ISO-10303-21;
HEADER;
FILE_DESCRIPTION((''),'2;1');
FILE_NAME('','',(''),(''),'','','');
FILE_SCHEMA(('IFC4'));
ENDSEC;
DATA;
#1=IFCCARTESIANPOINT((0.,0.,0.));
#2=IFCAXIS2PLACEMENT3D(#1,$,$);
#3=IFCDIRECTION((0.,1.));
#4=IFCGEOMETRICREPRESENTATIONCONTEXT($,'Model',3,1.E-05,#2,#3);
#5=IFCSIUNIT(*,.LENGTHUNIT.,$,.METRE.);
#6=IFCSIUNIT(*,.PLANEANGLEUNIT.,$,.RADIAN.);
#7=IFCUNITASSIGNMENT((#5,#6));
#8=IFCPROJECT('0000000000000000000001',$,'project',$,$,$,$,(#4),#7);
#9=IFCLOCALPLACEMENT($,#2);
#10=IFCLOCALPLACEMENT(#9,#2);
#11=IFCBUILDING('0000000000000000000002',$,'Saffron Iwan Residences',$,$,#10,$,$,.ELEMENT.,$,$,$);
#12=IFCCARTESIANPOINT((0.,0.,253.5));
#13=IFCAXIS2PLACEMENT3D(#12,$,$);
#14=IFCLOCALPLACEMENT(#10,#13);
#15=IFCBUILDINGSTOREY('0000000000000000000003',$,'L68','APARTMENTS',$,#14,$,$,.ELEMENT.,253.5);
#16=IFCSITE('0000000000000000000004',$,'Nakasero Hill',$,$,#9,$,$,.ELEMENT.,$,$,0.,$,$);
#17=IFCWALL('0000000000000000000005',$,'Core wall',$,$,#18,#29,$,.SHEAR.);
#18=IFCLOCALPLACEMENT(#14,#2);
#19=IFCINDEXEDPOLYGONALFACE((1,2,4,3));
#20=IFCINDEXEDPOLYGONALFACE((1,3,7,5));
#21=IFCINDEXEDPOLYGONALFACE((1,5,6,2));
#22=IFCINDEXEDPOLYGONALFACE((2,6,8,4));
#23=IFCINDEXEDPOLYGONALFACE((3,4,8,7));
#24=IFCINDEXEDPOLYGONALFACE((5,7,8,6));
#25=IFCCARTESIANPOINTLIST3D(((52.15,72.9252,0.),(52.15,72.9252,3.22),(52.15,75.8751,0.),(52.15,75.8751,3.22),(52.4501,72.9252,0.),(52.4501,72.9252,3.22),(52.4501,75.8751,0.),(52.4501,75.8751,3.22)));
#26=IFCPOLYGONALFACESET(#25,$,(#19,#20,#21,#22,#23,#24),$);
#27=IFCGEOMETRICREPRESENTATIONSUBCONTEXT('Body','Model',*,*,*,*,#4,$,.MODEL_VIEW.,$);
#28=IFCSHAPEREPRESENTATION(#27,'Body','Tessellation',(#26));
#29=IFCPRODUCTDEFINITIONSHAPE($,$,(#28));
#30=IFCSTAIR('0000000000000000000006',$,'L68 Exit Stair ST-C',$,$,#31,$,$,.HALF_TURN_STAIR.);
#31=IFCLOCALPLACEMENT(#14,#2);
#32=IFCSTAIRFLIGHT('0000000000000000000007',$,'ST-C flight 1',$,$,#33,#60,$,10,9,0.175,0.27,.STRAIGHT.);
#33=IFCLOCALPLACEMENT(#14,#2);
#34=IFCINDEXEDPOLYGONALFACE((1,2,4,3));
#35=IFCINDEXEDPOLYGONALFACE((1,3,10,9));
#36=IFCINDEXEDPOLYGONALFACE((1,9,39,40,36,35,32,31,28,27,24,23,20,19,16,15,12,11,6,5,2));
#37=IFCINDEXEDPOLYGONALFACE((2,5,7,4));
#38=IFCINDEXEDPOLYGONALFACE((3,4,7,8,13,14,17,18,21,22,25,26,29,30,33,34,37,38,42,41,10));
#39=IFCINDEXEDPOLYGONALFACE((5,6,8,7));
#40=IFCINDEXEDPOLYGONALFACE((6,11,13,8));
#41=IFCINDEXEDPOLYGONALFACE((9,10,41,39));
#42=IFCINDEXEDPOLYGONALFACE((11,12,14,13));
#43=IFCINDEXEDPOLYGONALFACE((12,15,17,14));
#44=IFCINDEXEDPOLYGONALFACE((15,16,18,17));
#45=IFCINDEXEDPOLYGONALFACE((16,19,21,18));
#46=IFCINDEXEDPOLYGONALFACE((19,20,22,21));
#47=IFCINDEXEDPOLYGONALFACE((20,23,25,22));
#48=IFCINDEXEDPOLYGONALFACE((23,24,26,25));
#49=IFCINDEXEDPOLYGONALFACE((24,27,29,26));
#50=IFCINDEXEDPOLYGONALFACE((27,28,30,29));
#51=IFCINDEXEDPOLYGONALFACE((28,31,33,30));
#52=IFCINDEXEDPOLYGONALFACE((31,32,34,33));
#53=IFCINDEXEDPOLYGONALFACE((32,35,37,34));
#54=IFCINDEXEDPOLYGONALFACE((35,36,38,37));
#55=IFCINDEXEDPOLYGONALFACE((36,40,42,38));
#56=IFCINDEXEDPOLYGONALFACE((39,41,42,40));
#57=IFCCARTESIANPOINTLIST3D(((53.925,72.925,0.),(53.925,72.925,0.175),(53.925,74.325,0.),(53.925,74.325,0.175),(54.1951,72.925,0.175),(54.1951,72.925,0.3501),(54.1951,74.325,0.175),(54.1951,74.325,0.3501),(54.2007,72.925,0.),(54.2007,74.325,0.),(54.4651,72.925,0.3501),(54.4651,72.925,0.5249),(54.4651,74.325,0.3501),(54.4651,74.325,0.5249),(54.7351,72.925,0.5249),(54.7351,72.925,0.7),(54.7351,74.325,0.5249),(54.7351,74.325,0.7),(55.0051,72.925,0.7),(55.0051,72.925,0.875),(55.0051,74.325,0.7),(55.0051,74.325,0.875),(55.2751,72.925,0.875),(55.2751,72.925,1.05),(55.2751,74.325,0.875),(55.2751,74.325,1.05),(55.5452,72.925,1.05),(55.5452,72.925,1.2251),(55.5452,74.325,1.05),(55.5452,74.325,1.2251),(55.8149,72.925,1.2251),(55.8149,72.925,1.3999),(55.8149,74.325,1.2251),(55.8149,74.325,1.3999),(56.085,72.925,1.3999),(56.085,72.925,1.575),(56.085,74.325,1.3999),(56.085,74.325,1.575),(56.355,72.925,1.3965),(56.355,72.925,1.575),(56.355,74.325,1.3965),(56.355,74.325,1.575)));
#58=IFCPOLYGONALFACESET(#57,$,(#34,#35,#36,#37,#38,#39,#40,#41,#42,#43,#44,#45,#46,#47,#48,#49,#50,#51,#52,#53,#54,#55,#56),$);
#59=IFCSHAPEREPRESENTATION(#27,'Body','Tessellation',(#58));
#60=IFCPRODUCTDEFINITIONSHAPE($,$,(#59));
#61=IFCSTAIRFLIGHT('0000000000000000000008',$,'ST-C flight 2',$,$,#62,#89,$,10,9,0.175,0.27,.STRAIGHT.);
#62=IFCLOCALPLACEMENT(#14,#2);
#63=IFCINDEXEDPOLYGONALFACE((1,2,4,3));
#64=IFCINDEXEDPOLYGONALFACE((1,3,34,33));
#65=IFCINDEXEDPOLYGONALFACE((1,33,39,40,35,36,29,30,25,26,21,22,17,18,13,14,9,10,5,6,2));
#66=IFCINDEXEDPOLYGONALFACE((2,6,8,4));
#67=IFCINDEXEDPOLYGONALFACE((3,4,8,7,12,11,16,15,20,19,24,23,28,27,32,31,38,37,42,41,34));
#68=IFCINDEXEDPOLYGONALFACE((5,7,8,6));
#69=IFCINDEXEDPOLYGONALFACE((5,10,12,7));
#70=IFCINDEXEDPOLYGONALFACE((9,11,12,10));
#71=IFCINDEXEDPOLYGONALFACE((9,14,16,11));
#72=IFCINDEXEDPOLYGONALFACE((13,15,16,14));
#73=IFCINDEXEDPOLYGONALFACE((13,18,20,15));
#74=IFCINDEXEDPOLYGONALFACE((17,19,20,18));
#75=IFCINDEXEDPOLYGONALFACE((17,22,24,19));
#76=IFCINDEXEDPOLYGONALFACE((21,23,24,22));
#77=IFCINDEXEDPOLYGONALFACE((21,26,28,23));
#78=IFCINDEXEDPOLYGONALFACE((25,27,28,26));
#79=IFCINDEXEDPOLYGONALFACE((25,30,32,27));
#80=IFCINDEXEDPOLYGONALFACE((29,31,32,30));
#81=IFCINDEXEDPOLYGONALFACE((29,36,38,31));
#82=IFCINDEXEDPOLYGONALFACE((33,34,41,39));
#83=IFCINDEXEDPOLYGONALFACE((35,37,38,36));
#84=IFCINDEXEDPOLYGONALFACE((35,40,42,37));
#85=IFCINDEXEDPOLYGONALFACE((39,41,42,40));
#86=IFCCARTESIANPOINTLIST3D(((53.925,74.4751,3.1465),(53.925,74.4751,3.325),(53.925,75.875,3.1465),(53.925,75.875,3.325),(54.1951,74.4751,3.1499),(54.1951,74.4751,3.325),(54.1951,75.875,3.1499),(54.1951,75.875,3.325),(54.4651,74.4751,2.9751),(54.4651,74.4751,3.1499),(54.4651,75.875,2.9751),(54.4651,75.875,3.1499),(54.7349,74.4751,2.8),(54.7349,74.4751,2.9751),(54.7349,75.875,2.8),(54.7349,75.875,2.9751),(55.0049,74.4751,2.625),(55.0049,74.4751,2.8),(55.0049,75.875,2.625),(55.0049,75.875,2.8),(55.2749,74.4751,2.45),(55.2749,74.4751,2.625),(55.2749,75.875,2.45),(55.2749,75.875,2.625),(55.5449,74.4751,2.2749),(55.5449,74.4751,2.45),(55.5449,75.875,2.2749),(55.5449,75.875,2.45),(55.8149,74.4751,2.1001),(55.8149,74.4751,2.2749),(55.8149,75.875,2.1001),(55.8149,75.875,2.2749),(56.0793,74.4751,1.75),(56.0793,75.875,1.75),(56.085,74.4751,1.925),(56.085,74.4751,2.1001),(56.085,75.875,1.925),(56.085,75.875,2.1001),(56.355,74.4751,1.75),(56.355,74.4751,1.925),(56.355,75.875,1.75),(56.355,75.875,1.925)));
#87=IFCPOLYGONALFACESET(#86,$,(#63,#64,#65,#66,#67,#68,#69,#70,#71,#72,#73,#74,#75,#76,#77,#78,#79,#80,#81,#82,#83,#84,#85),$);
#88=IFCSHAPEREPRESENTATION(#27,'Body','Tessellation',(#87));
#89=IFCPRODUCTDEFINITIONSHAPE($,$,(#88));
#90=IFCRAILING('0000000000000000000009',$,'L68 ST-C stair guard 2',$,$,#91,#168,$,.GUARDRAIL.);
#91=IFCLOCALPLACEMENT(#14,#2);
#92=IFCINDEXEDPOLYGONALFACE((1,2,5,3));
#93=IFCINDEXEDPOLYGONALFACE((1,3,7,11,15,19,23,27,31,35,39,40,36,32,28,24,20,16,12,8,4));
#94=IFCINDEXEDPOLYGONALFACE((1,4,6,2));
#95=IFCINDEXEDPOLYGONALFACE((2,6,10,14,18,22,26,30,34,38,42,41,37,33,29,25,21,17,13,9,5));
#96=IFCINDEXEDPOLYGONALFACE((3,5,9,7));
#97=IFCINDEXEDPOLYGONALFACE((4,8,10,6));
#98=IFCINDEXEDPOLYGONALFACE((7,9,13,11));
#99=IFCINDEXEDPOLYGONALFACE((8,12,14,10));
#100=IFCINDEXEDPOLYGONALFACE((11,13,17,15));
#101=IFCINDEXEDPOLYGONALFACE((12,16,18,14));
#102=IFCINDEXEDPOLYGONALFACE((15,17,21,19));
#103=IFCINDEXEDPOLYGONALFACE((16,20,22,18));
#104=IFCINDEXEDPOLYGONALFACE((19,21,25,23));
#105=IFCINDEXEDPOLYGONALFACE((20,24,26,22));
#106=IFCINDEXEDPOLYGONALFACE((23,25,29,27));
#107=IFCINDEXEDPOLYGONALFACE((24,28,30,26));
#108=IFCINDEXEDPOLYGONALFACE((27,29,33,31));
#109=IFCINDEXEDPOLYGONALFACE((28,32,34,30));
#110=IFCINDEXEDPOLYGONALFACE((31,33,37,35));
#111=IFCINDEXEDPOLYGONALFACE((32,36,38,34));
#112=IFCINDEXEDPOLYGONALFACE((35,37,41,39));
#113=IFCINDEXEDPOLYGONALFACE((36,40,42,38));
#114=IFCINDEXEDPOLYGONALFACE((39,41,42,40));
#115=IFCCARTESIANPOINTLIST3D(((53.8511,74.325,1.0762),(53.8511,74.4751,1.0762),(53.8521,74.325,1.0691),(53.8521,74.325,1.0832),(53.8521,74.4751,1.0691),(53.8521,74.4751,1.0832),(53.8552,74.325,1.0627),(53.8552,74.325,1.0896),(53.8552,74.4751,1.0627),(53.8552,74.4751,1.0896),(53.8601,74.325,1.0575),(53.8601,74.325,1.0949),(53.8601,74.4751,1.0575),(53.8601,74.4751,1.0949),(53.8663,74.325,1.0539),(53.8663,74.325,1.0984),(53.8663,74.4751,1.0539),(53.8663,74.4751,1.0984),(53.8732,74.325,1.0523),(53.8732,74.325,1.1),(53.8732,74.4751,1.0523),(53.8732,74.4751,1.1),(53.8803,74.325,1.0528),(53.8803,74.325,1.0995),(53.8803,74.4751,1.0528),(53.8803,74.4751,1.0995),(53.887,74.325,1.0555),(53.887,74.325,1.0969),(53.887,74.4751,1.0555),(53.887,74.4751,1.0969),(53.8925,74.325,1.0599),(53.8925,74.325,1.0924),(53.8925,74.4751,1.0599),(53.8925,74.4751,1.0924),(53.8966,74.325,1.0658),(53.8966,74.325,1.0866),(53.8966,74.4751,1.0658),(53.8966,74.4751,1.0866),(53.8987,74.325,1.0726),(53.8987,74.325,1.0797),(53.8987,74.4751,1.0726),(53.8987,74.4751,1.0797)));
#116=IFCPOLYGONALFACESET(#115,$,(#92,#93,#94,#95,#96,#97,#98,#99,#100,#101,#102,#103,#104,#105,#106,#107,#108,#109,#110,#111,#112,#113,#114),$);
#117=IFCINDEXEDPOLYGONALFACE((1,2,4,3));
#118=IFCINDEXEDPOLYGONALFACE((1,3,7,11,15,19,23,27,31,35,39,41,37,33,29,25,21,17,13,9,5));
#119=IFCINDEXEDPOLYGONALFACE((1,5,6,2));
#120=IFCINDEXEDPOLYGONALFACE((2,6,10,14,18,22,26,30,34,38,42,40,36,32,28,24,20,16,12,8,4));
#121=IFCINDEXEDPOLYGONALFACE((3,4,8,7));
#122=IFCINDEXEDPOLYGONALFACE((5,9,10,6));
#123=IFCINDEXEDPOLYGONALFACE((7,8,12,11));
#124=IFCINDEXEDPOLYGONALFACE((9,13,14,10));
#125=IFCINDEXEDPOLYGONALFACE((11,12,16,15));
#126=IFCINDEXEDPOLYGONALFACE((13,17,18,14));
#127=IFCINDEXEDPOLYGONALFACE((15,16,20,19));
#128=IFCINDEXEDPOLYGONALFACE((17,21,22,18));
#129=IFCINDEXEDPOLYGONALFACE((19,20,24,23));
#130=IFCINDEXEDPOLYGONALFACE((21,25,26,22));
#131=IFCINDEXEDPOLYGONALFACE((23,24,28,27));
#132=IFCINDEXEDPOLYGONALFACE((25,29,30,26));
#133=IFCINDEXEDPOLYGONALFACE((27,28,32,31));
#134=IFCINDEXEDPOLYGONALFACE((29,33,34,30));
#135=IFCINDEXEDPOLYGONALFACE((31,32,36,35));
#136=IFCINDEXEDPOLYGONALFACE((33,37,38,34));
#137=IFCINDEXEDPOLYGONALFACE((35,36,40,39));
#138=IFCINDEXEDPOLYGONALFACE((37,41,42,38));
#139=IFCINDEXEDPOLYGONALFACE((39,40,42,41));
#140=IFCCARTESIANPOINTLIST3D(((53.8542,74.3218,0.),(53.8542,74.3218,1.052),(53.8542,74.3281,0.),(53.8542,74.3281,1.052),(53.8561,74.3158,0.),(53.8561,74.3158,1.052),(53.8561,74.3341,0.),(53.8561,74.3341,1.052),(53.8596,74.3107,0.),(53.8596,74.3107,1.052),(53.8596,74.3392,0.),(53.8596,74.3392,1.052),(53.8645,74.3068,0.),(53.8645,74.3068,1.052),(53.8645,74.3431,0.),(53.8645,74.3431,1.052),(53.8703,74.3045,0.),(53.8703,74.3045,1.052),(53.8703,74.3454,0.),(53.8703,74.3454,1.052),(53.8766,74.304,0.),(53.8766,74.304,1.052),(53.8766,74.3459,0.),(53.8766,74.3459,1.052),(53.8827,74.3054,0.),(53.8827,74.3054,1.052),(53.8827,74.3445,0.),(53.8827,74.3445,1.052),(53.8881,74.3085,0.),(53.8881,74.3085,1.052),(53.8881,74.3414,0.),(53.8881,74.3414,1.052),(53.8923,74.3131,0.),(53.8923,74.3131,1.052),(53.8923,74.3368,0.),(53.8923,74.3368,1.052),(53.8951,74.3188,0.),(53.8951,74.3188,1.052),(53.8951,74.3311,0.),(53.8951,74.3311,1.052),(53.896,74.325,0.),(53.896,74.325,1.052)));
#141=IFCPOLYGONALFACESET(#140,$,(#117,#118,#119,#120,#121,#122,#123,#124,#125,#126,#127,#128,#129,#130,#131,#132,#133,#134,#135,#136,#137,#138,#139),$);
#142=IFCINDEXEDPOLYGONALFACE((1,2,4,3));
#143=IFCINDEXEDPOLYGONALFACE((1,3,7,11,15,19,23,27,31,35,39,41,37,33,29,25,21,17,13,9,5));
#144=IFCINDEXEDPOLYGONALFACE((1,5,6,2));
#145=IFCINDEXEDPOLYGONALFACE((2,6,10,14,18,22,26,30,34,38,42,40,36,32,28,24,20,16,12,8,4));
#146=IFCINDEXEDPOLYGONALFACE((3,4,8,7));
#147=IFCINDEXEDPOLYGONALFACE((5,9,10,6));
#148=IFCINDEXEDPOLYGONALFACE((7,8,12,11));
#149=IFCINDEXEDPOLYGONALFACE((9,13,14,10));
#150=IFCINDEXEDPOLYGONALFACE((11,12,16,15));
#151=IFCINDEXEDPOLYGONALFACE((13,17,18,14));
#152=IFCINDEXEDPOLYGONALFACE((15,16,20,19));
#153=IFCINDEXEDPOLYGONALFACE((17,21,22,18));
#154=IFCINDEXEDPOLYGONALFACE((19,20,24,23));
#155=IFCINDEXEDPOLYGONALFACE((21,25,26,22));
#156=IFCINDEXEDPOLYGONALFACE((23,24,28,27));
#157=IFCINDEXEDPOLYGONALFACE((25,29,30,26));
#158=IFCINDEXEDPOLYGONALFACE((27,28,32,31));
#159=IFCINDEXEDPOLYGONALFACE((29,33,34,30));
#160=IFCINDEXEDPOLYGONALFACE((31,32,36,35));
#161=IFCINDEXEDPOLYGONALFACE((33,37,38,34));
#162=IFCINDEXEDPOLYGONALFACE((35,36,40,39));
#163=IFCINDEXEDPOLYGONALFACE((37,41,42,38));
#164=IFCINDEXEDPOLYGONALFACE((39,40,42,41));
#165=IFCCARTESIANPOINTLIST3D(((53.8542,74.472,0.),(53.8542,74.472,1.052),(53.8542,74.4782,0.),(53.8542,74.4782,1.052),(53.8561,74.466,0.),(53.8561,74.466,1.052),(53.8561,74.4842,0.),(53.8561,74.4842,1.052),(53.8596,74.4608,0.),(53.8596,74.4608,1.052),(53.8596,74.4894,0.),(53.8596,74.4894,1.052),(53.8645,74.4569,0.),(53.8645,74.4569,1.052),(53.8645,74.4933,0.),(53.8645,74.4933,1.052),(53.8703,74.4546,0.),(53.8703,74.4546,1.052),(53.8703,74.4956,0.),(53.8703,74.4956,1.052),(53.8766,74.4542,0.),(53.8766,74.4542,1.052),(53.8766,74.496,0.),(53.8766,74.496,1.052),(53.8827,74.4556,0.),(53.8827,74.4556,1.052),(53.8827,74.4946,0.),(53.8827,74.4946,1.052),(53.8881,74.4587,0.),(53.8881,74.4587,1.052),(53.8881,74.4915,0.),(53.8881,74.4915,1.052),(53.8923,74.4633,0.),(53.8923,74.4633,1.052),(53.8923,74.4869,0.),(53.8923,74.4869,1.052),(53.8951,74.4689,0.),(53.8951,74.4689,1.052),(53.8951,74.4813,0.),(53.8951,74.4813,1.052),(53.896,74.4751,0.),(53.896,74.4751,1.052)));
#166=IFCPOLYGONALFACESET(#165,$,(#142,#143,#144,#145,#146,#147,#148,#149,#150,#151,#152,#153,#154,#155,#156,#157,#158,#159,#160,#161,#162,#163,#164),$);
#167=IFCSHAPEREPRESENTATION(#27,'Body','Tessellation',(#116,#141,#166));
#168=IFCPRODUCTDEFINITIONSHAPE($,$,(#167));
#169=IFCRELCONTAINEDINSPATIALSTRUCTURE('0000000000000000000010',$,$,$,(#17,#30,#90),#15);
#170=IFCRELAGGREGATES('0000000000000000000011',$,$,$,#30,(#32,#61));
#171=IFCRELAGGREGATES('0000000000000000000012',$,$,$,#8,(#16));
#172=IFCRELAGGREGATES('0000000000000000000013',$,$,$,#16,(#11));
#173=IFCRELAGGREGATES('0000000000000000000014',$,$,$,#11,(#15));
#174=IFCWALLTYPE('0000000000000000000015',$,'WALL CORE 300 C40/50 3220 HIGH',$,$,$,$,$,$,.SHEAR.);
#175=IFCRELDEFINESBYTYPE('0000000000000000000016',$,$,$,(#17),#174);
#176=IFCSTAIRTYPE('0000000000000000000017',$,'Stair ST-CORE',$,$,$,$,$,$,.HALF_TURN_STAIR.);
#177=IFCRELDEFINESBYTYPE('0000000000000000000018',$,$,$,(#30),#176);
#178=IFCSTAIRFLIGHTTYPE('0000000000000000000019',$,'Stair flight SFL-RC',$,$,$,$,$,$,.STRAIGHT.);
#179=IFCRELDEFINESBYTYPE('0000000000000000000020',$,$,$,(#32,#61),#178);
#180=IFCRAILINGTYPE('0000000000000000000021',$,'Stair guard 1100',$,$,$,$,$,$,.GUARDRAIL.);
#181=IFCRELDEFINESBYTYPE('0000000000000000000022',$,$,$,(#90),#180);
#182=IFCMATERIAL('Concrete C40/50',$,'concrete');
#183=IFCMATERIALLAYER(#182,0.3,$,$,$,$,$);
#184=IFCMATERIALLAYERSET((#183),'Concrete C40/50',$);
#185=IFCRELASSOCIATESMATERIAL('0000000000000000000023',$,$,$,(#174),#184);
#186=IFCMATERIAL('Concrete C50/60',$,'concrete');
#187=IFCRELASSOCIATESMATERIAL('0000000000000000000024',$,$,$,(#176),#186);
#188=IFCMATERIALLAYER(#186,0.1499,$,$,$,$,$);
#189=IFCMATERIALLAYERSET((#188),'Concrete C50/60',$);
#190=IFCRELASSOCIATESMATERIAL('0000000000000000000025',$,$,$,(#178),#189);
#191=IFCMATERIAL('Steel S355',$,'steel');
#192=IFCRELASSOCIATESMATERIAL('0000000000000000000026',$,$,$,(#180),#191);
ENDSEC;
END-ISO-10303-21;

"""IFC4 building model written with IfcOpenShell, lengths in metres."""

from ifc_helpers import new_model, si_unit, direction, frame, frame_2d, origin, origin_2d, place, context, subcontext, project, spatial, polyline, rectangle, circle, outline, extrude, material, layer, layer_set, type_object, element, aggregate, save


model = new_model("IFC4")

# Units and contexts
model_context = context("Model", 3, precision=1e-05, world=origin(), true_north=direction((0.0, 1.0)))
body_context = subcontext(model_context, "Body", "Model", "MODEL_VIEW")
ifc_project = project(units=[si_unit("LENGTHUNIT", "METRE"), si_unit("PLANEANGLEUNIT", "RADIAN")], contexts=[model_context])

# Site, building, storey
site_placement = place(None, origin())
site = spatial("IfcSite", under=ifc_project, at=site_placement, Name="Nakasero Hill", CompositionType="ELEMENT", RefElevation=0.0)
building_placement = place(site_placement, origin())
building = spatial("IfcBuilding", under=site, at=building_placement, Name="Saffron Iwan Residences", CompositionType="ELEMENT")
storey_placement = place(building_placement, frame((0.0, 0.0, 253.5)))
storey = spatial("IfcBuildingStorey", under=building, at=storey_placement, Name="L68", Description="APARTMENTS", CompositionType="ELEMENT", Elevation=253.5)

# Shared definitions
ifc_material_1 = material(Name="Concrete C40/50", Category="concrete")

# Wall
ifc_layer_1 = layer(ifc_material_1, 0.3)
ifc_layer_set_1 = layer_set([ifc_layer_1], Name="Concrete C40/50")
wall_type_1 = type_object("IfcWallType", Name="WALL CORE 300 C40/50 3220 HIGH", PredefinedType="SHEAR", material=ifc_layer_set_1)
for number, where, z_axis, x_axis, name in (
    (1, (52.3, 72.925, 0.0), (0.0, 0.0, 1.0), (0.0, 1.0, 0.0), "Core wall"),
):
    element("IfcWall", number, at=place(storey_placement, frame(where, z_axis=z_axis, x_axis=x_axis)), inside=storey, type_object=wall_type_1, Name=name, PredefinedType="SHEAR", context=body_context, shape_type="SweptSolid", body=[
        extrude(rectangle(XDim=2.95, YDim=0.3, at=frame_2d((1.4751, 0.0))), origin(), (0.0, 0.0, 1.0), 3.22),
    ])

# Stair, stair flights
ifc_material_2 = material(Name="Concrete C50/60", Category="concrete")
stair_type = type_object("IfcStairType", Name="Stair ST-CORE", PredefinedType="HALF_TURN_STAIR", material=ifc_material_2)
stair_placement = place(storey_placement, origin())
stair = element("IfcStair", 2, at=stair_placement, inside=storey, type_object=stair_type, Name="L68 Exit Stair ST-C", PredefinedType="HALF_TURN_STAIR")
ifc_layer_2 = layer(ifc_material_2, 0.1499)
ifc_layer_set_2 = layer_set([ifc_layer_2], Name="Concrete C50/60")
stair_flight_type = type_object("IfcStairFlightType", Name="Stair flight SFL-RC", PredefinedType="STRAIGHT", material=ifc_layer_set_2)
stair_flight_1_placement = place(storey_placement, frame((53.925, 73.625, 0.0), z_axis=(0.0, 0.0, 1.0), x_axis=(1.0, 0.0, 0.0)))
stair_flight_1 = element("IfcStairFlight", 3, at=stair_flight_1_placement, type_object=stair_flight_type, Name="ST-C flight 1", NumberOfRisers=10, NumberOfTreads=9, PredefinedType="STRAIGHT", RiserHeight=0.175, TreadLength=0.27, context=body_context, shape_type="SweptSolid", body=[
    extrude(outline(polyline([(0.0, 0.0), (0.0, 0.175), (0.27, 0.175), (0.27, 0.3501), (0.54, 0.3501), (0.54, 0.5249), (0.8101, 0.5249), (0.8101, 0.7), (1.0801, 0.7), (1.0801, 0.875), (1.3501, 0.875), (1.3501, 1.05), (1.6201, 1.05), (1.6201, 1.2251), (1.8899, 1.2251), (1.8899, 1.3999), (2.1599, 1.3999), (2.1599, 1.575), (2.4299, 1.575), (2.4299, 1.75), (2.4299, 1.3965), (0.2756, 0.0), (0.0, 0.0)])), frame((0.0, 0.7, 0.0), z_axis=(0.0, -1.0, 0.0), x_axis=(1.0, 0.0, 0.0)), (0.0, 0.0, 1.0), 1.3999),
])
stair_flight_2_placement = place(storey_placement, frame((56.355, 75.175, 1.75), z_axis=(0.0, 0.0, 1.0), x_axis=(-1.0, 0.0, 0.0)))
stair_flight_2 = element("IfcStairFlight", 4, at=stair_flight_2_placement, type_object=stair_flight_type, Name="ST-C flight 2", NumberOfRisers=10, NumberOfTreads=9, PredefinedType="STRAIGHT", RiserHeight=0.175, TreadLength=0.27, context=body_context, shape_type="SweptSolid", body=[
    extrude(outline(polyline([(0.0, 0.0), (0.0, 0.175), (0.27, 0.175), (0.27, 0.3501), (0.54, 0.3501), (0.54, 0.5249), (0.8101, 0.5249), (0.8101, 0.7), (1.0801, 0.7), (1.0801, 0.875), (1.3501, 0.875), (1.3501, 1.05), (1.6201, 1.05), (1.6201, 1.2251), (1.8899, 1.2251), (1.8899, 1.3999), (2.1599, 1.3999), (2.1599, 1.575), (2.4299, 1.575), (2.4299, 1.75), (2.4299, 1.3965), (0.2756, 0.0), (0.0, 0.0)])), frame((0.0, 0.7, 0.0), z_axis=(0.0, -1.0, 0.0), x_axis=(1.0, 0.0, 0.0)), (0.0, 0.0, 1.0), 1.3999),
])
aggregate(stair, [stair_flight_1, stair_flight_2])

# Railing
ifc_material_3 = material(Name="Steel S355", Category="steel")
railing_type_1 = type_object("IfcRailingType", Name="Stair guard 1100", PredefinedType="GUARDRAIL", material=ifc_material_3)
railing_1_placement = place(storey_placement, frame((53.875, 74.325, 0.0)))
element("IfcRailing", 5, at=railing_1_placement, inside=storey, type_object=railing_type_1, Name="L68 ST-C stair guard 2", PredefinedType="GUARDRAIL", context=body_context, shape_type="SweptSolid", body=[
    extrude(circle(Radius=0.0239, at=origin_2d()), frame((0.0, 0.0, 1.0762), z_axis=(0.0, 1.0, 0.0), x_axis=(-1.0, 0.0, 0.0)), (0.0, 0.0, 1.0), 0.1501),
    extrude(circle(Radius=0.021, at=origin_2d()), origin(), (0.0, 0.0, 1.0), 1.052),
    extrude(circle(Radius=0.021, at=origin_2d()), frame((0.0, 0.1501, 0.0)), (0.0, 0.0, 1.0), 1.052),
])

save(model, "model.ifc")
